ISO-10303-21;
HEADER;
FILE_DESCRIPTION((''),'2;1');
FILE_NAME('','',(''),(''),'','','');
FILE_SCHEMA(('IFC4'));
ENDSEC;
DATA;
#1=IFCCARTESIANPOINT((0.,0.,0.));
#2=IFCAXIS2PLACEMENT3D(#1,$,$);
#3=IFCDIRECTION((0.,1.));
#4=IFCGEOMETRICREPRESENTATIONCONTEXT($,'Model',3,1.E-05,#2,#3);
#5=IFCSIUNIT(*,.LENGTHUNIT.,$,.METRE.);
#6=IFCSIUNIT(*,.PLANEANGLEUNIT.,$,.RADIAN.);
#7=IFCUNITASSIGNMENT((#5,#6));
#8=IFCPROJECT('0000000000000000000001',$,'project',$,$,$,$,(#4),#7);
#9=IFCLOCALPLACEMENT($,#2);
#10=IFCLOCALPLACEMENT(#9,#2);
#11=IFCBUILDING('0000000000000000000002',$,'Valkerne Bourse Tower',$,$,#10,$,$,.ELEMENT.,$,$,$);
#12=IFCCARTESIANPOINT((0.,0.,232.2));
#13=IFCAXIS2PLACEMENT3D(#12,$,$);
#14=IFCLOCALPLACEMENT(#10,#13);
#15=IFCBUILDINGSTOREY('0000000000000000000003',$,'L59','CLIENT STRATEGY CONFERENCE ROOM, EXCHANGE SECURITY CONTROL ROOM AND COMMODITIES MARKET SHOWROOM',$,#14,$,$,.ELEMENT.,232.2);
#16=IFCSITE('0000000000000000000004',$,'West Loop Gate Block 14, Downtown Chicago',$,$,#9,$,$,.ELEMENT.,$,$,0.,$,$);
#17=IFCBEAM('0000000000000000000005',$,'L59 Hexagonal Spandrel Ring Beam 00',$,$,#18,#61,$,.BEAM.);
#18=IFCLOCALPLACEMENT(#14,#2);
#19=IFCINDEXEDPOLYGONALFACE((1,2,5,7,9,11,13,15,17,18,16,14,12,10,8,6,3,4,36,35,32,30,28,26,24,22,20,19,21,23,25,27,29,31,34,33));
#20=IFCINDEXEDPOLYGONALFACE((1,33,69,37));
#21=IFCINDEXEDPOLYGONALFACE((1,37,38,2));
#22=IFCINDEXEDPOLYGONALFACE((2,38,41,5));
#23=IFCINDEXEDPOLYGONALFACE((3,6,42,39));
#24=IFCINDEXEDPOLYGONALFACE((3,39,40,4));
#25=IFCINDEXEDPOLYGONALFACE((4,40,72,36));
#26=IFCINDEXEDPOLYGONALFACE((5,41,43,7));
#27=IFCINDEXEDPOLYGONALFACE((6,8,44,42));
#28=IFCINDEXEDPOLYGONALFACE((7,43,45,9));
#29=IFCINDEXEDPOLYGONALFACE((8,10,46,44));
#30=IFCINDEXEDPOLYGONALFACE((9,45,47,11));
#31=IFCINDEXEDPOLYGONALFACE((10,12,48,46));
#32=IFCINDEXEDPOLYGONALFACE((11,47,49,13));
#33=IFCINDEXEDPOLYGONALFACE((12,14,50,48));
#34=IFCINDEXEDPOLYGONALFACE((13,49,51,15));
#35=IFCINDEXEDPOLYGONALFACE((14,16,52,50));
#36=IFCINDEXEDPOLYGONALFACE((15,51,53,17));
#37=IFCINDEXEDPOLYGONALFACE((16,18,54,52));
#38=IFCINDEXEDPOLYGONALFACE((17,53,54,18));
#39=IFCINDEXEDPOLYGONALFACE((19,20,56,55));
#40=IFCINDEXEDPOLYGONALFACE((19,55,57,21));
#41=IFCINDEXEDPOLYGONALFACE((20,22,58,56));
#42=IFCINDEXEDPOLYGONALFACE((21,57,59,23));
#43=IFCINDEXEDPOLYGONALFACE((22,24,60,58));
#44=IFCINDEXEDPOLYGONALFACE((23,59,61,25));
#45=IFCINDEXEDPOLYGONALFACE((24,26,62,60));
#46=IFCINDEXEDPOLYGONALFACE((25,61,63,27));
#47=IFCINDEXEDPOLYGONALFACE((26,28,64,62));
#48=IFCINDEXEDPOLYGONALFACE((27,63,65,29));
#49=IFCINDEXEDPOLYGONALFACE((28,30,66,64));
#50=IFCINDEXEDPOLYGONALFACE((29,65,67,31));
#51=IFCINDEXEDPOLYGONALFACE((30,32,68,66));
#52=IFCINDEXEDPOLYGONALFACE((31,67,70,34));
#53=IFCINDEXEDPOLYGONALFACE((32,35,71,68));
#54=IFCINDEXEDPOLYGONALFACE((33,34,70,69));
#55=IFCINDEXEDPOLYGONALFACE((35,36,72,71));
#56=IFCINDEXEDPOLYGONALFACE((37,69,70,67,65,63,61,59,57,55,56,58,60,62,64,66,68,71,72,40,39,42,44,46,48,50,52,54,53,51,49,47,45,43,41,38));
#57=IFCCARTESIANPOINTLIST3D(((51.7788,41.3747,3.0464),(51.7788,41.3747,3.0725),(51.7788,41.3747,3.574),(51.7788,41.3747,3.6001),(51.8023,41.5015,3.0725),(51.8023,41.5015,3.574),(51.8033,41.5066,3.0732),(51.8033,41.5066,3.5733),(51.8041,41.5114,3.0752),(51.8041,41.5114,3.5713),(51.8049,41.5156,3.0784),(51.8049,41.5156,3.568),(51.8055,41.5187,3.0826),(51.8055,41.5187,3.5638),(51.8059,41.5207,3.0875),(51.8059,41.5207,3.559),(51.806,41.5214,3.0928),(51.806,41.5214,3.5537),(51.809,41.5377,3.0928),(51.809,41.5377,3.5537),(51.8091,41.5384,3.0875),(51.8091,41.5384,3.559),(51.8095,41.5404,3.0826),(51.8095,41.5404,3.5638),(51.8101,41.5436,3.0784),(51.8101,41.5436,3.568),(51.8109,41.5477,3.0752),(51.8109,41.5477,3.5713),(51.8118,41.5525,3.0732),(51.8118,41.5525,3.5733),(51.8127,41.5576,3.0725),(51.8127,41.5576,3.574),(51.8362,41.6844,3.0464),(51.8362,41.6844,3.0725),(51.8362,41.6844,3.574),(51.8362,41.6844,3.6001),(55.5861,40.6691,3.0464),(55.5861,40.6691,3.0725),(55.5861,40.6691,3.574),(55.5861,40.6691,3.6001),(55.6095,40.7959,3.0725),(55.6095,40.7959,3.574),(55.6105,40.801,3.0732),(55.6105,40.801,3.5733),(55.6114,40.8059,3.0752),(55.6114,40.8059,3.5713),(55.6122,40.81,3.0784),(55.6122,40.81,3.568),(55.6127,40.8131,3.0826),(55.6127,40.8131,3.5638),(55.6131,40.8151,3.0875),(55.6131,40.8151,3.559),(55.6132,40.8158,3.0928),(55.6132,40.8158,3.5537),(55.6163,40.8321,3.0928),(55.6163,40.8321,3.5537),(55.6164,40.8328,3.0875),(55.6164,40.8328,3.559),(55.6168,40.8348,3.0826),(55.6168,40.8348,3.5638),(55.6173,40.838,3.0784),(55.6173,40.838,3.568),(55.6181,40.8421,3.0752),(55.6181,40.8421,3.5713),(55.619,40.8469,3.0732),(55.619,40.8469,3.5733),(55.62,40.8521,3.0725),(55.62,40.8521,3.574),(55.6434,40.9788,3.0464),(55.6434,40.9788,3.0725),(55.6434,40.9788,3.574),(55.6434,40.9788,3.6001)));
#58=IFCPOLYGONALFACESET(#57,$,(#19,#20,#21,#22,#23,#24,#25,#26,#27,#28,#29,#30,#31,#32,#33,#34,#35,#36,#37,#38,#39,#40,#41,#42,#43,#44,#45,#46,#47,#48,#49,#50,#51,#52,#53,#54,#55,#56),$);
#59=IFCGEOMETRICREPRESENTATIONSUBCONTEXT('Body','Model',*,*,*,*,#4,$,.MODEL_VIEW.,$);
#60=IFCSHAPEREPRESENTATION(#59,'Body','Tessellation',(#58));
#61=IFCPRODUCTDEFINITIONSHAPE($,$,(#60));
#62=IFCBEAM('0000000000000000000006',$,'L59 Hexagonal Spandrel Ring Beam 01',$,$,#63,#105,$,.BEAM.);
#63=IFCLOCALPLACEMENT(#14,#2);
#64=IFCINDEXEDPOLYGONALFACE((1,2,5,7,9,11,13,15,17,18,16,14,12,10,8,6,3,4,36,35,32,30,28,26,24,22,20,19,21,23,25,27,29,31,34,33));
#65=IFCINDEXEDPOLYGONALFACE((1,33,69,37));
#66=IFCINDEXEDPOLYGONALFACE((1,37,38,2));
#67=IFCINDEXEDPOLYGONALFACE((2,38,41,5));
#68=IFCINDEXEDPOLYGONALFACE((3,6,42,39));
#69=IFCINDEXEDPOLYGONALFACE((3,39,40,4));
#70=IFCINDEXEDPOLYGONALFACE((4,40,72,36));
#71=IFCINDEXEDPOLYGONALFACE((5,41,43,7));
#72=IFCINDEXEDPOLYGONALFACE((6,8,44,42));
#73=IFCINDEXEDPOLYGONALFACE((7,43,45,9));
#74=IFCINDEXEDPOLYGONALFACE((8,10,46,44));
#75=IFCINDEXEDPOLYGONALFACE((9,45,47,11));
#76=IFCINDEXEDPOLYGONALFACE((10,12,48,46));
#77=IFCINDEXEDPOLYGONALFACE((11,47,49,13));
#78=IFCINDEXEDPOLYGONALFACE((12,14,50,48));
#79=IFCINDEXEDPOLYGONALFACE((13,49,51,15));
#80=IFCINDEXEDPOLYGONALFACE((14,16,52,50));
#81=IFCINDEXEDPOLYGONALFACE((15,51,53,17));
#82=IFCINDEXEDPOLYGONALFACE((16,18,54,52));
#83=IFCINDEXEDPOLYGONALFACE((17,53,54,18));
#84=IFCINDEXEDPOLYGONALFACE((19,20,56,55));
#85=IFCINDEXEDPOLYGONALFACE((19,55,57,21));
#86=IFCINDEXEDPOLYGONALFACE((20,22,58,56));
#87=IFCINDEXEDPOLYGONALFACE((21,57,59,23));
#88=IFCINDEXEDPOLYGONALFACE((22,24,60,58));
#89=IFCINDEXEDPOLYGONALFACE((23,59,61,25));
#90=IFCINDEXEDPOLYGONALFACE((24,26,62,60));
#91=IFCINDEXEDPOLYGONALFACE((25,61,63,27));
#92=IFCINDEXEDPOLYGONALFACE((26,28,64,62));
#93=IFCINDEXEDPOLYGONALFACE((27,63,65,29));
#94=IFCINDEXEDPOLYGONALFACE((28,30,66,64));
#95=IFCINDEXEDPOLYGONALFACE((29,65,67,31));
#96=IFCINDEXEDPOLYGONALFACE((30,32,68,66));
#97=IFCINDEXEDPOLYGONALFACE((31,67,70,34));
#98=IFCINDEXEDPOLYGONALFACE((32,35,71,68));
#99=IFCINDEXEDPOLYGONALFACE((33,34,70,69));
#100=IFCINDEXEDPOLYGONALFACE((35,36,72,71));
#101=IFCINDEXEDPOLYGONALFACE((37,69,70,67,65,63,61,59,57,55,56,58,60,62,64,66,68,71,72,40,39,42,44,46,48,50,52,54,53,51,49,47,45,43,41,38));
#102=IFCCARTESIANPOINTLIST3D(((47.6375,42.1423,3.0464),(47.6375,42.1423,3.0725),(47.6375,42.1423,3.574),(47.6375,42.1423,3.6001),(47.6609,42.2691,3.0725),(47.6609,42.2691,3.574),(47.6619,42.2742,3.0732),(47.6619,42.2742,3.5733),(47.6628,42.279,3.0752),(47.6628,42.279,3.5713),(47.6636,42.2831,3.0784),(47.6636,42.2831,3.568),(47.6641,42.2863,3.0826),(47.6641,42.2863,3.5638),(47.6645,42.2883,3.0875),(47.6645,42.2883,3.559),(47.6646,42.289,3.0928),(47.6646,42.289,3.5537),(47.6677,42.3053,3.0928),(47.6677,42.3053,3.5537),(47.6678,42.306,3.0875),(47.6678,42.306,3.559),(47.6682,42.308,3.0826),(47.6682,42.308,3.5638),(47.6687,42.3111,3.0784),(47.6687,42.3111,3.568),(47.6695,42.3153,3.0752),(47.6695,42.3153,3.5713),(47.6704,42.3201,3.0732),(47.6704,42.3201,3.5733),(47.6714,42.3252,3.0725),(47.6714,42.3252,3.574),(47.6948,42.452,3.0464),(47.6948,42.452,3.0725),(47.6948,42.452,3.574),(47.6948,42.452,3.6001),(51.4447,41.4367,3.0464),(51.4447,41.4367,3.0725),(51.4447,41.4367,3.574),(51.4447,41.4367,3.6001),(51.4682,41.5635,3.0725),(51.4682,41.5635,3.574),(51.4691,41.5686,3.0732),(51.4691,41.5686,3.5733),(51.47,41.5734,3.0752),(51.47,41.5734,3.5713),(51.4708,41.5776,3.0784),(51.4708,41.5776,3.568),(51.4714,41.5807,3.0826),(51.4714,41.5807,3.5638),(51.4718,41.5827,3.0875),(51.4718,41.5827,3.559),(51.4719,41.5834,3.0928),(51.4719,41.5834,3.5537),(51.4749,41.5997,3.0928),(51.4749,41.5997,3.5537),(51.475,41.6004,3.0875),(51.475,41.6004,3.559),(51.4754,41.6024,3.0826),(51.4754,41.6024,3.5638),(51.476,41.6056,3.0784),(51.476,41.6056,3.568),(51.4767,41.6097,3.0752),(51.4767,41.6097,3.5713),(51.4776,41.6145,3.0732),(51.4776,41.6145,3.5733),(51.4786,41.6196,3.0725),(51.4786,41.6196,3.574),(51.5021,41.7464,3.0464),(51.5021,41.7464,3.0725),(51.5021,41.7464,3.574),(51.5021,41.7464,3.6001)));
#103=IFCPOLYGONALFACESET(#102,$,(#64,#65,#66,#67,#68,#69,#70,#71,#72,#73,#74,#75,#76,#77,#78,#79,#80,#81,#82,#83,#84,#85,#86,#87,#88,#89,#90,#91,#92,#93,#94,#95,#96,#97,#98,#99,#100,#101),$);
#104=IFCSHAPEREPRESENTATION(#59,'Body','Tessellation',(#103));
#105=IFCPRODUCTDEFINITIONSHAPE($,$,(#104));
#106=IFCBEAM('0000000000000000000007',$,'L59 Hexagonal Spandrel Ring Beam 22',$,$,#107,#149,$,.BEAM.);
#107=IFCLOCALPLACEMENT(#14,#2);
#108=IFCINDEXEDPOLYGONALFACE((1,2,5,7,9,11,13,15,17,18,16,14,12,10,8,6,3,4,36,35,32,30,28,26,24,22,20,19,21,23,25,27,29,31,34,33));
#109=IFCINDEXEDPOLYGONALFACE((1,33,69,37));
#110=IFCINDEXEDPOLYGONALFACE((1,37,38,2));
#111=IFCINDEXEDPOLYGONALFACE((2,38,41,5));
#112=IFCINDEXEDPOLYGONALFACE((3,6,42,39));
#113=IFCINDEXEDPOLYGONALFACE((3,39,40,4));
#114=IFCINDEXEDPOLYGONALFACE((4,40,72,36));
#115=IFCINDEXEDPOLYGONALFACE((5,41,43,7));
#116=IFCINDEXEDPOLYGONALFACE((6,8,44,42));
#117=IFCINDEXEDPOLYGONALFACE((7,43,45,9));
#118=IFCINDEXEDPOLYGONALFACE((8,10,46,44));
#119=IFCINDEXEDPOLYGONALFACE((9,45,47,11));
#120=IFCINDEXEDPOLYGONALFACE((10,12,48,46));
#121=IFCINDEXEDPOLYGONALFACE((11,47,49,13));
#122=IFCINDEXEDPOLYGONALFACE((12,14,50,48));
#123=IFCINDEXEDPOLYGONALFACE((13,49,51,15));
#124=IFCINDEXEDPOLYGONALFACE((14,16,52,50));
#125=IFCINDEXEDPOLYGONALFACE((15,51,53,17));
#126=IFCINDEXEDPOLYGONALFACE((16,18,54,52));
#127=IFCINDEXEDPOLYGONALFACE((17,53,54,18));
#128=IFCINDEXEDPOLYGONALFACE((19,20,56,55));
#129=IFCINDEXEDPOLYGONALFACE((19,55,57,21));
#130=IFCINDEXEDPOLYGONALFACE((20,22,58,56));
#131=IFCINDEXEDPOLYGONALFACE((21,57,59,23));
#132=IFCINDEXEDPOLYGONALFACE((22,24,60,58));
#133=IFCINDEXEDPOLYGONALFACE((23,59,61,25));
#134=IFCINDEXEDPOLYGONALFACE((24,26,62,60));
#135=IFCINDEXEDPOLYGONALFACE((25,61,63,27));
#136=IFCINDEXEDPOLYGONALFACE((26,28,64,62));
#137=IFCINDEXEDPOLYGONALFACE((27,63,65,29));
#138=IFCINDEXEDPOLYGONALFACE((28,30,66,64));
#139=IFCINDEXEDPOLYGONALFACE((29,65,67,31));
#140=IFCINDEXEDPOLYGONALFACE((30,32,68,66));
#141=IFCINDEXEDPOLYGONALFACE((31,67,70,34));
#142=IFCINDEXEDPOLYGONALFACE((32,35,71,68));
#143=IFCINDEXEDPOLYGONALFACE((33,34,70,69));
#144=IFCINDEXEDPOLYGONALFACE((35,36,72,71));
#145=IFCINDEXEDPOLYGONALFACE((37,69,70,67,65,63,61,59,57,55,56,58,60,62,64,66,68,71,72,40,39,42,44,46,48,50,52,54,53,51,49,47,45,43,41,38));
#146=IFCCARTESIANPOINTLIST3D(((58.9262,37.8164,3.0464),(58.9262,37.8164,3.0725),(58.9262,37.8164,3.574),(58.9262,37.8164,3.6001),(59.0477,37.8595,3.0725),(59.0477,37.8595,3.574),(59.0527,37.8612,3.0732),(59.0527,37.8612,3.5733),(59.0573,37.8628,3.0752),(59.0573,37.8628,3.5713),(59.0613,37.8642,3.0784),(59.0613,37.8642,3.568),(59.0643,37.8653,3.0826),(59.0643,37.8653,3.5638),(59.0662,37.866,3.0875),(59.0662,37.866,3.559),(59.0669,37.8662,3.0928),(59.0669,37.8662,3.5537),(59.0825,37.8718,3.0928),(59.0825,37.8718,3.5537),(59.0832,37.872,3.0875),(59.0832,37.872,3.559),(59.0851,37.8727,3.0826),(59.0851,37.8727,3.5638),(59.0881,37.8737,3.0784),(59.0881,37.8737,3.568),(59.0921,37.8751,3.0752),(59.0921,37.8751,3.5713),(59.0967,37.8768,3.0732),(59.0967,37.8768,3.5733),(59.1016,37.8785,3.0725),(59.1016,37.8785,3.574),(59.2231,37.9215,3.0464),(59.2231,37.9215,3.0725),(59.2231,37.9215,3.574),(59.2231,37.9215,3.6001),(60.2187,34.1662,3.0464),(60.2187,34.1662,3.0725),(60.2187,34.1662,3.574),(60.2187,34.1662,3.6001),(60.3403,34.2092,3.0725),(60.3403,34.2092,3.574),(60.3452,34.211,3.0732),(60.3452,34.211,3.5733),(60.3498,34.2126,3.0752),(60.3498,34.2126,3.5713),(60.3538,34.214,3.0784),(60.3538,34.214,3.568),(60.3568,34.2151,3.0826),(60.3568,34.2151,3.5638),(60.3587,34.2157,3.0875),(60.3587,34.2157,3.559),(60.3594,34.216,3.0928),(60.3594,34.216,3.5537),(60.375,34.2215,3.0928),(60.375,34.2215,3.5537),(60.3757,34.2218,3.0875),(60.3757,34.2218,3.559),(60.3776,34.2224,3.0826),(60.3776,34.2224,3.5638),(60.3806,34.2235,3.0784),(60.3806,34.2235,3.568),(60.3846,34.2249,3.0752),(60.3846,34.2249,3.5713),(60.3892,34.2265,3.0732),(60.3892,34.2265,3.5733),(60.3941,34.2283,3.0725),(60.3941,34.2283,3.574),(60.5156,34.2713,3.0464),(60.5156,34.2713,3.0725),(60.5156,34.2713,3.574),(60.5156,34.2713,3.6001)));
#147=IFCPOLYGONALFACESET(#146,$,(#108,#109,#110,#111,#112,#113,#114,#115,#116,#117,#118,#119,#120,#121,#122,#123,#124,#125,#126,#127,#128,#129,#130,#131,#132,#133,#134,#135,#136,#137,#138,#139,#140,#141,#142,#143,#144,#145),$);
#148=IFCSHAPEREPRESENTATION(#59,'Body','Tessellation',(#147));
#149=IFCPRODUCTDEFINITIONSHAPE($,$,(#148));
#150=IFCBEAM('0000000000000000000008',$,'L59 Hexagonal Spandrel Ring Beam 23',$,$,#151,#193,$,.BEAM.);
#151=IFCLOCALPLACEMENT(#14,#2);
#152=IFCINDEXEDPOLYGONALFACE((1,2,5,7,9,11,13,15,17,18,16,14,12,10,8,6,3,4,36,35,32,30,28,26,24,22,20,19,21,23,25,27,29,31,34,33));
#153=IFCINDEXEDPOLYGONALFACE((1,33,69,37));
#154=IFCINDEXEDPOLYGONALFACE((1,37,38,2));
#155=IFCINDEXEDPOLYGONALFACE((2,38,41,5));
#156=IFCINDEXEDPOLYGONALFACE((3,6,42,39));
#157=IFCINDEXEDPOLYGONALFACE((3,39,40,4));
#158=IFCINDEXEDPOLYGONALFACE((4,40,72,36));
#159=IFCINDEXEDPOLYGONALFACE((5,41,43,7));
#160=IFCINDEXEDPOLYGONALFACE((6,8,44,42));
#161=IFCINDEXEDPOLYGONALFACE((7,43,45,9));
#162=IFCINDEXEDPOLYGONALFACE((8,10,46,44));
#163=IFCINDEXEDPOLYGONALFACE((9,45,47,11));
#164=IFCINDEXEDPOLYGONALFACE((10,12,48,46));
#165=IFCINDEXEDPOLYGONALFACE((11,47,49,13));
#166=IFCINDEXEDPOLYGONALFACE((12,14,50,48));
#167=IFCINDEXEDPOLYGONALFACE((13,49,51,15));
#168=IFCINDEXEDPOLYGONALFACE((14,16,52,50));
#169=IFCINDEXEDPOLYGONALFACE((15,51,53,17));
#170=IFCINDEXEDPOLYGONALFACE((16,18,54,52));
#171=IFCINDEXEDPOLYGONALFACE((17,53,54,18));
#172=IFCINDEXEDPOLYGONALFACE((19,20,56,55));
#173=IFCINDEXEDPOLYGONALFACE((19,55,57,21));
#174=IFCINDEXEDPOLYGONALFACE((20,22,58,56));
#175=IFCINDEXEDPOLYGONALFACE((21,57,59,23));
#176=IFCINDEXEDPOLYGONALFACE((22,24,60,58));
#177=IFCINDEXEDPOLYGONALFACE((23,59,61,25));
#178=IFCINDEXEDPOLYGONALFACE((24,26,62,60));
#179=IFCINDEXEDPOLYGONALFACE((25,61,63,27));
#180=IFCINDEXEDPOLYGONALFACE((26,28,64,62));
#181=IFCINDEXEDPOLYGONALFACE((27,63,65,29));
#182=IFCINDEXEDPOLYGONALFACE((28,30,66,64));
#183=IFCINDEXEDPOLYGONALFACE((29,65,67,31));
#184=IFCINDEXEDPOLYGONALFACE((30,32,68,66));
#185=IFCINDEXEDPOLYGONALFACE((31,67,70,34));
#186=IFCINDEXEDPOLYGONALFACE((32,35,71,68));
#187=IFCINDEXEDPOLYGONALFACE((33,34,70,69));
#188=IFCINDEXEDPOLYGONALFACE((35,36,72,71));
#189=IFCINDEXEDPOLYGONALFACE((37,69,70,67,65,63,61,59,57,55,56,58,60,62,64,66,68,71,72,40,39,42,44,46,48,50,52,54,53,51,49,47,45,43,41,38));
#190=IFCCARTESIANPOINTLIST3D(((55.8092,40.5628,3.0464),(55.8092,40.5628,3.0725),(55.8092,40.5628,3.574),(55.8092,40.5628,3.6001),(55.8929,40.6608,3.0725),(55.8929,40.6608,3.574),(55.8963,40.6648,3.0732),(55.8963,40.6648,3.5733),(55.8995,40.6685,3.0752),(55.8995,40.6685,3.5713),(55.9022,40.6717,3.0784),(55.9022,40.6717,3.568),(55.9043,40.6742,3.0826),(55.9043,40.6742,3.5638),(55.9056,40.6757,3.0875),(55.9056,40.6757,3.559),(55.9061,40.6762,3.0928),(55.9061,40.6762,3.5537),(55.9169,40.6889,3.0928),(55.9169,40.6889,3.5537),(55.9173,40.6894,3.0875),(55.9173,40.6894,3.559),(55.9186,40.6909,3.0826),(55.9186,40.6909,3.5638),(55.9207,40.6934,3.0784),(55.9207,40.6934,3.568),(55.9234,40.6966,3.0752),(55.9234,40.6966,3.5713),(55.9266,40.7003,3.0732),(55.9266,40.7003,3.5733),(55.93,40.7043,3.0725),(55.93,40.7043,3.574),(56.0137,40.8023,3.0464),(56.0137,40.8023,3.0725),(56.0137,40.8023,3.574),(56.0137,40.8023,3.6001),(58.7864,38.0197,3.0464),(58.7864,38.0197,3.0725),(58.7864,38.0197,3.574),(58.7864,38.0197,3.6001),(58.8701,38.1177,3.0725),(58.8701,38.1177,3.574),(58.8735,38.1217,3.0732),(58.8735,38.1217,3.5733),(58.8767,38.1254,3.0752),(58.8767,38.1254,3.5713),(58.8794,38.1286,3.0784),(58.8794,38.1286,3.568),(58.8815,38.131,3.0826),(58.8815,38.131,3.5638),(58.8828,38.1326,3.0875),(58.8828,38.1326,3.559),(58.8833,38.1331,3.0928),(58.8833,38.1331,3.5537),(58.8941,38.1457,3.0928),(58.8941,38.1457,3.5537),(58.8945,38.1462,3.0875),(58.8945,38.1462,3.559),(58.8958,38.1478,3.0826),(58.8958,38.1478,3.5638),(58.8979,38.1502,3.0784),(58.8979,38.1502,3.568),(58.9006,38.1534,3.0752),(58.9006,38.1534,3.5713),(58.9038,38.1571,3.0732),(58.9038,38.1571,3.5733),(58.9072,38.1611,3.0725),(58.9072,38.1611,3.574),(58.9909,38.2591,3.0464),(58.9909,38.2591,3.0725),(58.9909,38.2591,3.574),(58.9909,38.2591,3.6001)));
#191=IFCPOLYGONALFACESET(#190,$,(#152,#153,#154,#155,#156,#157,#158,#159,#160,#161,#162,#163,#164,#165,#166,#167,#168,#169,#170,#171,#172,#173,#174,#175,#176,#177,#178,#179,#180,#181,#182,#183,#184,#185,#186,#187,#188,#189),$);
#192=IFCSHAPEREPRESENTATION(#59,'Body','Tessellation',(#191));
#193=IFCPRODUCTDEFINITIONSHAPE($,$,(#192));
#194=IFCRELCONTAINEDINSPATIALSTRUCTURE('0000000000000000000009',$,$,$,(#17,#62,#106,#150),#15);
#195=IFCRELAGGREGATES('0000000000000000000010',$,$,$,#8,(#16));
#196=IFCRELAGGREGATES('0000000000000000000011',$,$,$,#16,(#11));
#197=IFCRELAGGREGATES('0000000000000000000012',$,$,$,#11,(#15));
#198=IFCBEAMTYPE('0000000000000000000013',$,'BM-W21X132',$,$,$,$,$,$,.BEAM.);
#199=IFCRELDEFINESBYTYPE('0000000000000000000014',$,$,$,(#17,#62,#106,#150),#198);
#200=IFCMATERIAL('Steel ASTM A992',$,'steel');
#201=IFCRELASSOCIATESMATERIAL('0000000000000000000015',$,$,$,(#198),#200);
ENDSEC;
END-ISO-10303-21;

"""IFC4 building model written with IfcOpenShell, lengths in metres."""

from ifc_helpers import new_model, si_unit, direction, frame, origin, origin_2d, place, context, subcontext, project, spatial, i_section, extrude, material, material_profile, profile_set, type_object, element, save


model = new_model("IFC4")

# Units and contexts
model_context = context("Model", 3, precision=1e-05, world=origin(), true_north=direction((0.0, 1.0)))
body_context = subcontext(model_context, "Body", "Model", "MODEL_VIEW")
ifc_project = project(units=[si_unit("LENGTHUNIT", "METRE"), si_unit("PLANEANGLEUNIT", "RADIAN")], contexts=[model_context])

# Site, building, storey
site_placement = place(None, origin())
site = spatial("IfcSite", under=ifc_project, at=site_placement, Name="West Loop Gate Block 14, Downtown Chicago", CompositionType="ELEMENT", RefElevation=0.0)
building_placement = place(site_placement, origin())
building = spatial("IfcBuilding", under=site, at=building_placement, Name="Valkerne Bourse Tower", CompositionType="ELEMENT")
storey_placement = place(building_placement, frame((0.0, 0.0, 232.2)))
storey = spatial("IfcBuildingStorey", under=building, at=storey_placement, Name="L59", Description="CLIENT STRATEGY CONFERENCE ROOM, EXCHANGE SECURITY CONTROL ROOM AND COMMODITIES MARKET SHOWROOM", CompositionType="ELEMENT", Elevation=232.2)

# Beams
ifc_material_1 = material(Name="Steel ASTM A992", Category="steel")
ifc_material_profile_1 = material_profile(ifc_material_1, i_section(OverallWidth=0.3149, OverallDepth=0.5537, WebThickness=0.0166, FlangeThickness=0.0261, FilletRadius=0.0203, at=origin_2d()), Name="W21X132")
ifc_profile_set_1 = profile_set([ifc_material_profile_1], Name="Steel ASTM A992")
beam_type = type_object("IfcBeamType", Name="BM-W21X132", PredefinedType="BEAM", material=ifc_profile_set_1)
for number, where, z_axis, x_axis, name in (
    (1, (55.6147, 40.824, 3.3232), (-0.983257, 0.182225, 0.0), (-0.182225, -0.983257, 0.0), "L59 Hexagonal Spandrel Ring Beam 00"),
    (2, (51.4734, 41.5916, 3.3232), (-0.983257, 0.182225, 0.0), (-0.182225, -0.983257, 0.0), "L59 Hexagonal Spandrel Ring Beam 01"),
):
    element("IfcBeam", number, at=place(storey_placement, frame(where, z_axis=z_axis, x_axis=x_axis)), inside=storey, type_object=beam_type, Name=name, PredefinedType="BEAM", context=body_context, shape_type="SweptSolid", body=[
        extrude(i_section(OverallWidth=0.3149, OverallDepth=0.5537, WebThickness=0.0166, FlangeThickness=0.0261, FilletRadius=0.0203, at=origin_2d()), origin(), (0.0, 0.0, 1.0), 3.8721),
    ])
beam_1_placement = place(storey_placement, frame((60.3672, 34.2188, 3.3232), z_axis=(-0.333783, 0.94265, 0.0), x_axis=(-0.94265, -0.333783, 0.0)))
element("IfcBeam", 3, at=beam_1_placement, inside=storey, type_object=beam_type, Name="L59 Hexagonal Spandrel Ring Beam 22", PredefinedType="BEAM", context=body_context, shape_type="SweptSolid", body=[
    extrude(i_section(OverallWidth=0.3149, OverallDepth=0.5537, WebThickness=0.0166, FlangeThickness=0.0261, FilletRadius=0.0203, at=origin_2d()), origin(), (0.0, 0.0, 1.0), 3.8723),
])
beam_2_placement = place(storey_placement, frame((58.8887, 38.1394, 3.3232), z_axis=(-0.76036, 0.649502, 0.0), x_axis=(-0.649502, -0.76036, 0.0)))
element("IfcBeam", 4, at=beam_2_placement, inside=storey, type_object=beam_type, Name="L59 Hexagonal Spandrel Ring Beam 23", PredefinedType="BEAM", context=body_context, shape_type="SweptSolid", body=[
    extrude(i_section(OverallWidth=0.3149, OverallDepth=0.5537, WebThickness=0.0166, FlangeThickness=0.0261, FilletRadius=0.0203, at=origin_2d()), origin(), (0.0, 0.0, 1.0), 3.9155),
])

save(model, "model.ifc")
